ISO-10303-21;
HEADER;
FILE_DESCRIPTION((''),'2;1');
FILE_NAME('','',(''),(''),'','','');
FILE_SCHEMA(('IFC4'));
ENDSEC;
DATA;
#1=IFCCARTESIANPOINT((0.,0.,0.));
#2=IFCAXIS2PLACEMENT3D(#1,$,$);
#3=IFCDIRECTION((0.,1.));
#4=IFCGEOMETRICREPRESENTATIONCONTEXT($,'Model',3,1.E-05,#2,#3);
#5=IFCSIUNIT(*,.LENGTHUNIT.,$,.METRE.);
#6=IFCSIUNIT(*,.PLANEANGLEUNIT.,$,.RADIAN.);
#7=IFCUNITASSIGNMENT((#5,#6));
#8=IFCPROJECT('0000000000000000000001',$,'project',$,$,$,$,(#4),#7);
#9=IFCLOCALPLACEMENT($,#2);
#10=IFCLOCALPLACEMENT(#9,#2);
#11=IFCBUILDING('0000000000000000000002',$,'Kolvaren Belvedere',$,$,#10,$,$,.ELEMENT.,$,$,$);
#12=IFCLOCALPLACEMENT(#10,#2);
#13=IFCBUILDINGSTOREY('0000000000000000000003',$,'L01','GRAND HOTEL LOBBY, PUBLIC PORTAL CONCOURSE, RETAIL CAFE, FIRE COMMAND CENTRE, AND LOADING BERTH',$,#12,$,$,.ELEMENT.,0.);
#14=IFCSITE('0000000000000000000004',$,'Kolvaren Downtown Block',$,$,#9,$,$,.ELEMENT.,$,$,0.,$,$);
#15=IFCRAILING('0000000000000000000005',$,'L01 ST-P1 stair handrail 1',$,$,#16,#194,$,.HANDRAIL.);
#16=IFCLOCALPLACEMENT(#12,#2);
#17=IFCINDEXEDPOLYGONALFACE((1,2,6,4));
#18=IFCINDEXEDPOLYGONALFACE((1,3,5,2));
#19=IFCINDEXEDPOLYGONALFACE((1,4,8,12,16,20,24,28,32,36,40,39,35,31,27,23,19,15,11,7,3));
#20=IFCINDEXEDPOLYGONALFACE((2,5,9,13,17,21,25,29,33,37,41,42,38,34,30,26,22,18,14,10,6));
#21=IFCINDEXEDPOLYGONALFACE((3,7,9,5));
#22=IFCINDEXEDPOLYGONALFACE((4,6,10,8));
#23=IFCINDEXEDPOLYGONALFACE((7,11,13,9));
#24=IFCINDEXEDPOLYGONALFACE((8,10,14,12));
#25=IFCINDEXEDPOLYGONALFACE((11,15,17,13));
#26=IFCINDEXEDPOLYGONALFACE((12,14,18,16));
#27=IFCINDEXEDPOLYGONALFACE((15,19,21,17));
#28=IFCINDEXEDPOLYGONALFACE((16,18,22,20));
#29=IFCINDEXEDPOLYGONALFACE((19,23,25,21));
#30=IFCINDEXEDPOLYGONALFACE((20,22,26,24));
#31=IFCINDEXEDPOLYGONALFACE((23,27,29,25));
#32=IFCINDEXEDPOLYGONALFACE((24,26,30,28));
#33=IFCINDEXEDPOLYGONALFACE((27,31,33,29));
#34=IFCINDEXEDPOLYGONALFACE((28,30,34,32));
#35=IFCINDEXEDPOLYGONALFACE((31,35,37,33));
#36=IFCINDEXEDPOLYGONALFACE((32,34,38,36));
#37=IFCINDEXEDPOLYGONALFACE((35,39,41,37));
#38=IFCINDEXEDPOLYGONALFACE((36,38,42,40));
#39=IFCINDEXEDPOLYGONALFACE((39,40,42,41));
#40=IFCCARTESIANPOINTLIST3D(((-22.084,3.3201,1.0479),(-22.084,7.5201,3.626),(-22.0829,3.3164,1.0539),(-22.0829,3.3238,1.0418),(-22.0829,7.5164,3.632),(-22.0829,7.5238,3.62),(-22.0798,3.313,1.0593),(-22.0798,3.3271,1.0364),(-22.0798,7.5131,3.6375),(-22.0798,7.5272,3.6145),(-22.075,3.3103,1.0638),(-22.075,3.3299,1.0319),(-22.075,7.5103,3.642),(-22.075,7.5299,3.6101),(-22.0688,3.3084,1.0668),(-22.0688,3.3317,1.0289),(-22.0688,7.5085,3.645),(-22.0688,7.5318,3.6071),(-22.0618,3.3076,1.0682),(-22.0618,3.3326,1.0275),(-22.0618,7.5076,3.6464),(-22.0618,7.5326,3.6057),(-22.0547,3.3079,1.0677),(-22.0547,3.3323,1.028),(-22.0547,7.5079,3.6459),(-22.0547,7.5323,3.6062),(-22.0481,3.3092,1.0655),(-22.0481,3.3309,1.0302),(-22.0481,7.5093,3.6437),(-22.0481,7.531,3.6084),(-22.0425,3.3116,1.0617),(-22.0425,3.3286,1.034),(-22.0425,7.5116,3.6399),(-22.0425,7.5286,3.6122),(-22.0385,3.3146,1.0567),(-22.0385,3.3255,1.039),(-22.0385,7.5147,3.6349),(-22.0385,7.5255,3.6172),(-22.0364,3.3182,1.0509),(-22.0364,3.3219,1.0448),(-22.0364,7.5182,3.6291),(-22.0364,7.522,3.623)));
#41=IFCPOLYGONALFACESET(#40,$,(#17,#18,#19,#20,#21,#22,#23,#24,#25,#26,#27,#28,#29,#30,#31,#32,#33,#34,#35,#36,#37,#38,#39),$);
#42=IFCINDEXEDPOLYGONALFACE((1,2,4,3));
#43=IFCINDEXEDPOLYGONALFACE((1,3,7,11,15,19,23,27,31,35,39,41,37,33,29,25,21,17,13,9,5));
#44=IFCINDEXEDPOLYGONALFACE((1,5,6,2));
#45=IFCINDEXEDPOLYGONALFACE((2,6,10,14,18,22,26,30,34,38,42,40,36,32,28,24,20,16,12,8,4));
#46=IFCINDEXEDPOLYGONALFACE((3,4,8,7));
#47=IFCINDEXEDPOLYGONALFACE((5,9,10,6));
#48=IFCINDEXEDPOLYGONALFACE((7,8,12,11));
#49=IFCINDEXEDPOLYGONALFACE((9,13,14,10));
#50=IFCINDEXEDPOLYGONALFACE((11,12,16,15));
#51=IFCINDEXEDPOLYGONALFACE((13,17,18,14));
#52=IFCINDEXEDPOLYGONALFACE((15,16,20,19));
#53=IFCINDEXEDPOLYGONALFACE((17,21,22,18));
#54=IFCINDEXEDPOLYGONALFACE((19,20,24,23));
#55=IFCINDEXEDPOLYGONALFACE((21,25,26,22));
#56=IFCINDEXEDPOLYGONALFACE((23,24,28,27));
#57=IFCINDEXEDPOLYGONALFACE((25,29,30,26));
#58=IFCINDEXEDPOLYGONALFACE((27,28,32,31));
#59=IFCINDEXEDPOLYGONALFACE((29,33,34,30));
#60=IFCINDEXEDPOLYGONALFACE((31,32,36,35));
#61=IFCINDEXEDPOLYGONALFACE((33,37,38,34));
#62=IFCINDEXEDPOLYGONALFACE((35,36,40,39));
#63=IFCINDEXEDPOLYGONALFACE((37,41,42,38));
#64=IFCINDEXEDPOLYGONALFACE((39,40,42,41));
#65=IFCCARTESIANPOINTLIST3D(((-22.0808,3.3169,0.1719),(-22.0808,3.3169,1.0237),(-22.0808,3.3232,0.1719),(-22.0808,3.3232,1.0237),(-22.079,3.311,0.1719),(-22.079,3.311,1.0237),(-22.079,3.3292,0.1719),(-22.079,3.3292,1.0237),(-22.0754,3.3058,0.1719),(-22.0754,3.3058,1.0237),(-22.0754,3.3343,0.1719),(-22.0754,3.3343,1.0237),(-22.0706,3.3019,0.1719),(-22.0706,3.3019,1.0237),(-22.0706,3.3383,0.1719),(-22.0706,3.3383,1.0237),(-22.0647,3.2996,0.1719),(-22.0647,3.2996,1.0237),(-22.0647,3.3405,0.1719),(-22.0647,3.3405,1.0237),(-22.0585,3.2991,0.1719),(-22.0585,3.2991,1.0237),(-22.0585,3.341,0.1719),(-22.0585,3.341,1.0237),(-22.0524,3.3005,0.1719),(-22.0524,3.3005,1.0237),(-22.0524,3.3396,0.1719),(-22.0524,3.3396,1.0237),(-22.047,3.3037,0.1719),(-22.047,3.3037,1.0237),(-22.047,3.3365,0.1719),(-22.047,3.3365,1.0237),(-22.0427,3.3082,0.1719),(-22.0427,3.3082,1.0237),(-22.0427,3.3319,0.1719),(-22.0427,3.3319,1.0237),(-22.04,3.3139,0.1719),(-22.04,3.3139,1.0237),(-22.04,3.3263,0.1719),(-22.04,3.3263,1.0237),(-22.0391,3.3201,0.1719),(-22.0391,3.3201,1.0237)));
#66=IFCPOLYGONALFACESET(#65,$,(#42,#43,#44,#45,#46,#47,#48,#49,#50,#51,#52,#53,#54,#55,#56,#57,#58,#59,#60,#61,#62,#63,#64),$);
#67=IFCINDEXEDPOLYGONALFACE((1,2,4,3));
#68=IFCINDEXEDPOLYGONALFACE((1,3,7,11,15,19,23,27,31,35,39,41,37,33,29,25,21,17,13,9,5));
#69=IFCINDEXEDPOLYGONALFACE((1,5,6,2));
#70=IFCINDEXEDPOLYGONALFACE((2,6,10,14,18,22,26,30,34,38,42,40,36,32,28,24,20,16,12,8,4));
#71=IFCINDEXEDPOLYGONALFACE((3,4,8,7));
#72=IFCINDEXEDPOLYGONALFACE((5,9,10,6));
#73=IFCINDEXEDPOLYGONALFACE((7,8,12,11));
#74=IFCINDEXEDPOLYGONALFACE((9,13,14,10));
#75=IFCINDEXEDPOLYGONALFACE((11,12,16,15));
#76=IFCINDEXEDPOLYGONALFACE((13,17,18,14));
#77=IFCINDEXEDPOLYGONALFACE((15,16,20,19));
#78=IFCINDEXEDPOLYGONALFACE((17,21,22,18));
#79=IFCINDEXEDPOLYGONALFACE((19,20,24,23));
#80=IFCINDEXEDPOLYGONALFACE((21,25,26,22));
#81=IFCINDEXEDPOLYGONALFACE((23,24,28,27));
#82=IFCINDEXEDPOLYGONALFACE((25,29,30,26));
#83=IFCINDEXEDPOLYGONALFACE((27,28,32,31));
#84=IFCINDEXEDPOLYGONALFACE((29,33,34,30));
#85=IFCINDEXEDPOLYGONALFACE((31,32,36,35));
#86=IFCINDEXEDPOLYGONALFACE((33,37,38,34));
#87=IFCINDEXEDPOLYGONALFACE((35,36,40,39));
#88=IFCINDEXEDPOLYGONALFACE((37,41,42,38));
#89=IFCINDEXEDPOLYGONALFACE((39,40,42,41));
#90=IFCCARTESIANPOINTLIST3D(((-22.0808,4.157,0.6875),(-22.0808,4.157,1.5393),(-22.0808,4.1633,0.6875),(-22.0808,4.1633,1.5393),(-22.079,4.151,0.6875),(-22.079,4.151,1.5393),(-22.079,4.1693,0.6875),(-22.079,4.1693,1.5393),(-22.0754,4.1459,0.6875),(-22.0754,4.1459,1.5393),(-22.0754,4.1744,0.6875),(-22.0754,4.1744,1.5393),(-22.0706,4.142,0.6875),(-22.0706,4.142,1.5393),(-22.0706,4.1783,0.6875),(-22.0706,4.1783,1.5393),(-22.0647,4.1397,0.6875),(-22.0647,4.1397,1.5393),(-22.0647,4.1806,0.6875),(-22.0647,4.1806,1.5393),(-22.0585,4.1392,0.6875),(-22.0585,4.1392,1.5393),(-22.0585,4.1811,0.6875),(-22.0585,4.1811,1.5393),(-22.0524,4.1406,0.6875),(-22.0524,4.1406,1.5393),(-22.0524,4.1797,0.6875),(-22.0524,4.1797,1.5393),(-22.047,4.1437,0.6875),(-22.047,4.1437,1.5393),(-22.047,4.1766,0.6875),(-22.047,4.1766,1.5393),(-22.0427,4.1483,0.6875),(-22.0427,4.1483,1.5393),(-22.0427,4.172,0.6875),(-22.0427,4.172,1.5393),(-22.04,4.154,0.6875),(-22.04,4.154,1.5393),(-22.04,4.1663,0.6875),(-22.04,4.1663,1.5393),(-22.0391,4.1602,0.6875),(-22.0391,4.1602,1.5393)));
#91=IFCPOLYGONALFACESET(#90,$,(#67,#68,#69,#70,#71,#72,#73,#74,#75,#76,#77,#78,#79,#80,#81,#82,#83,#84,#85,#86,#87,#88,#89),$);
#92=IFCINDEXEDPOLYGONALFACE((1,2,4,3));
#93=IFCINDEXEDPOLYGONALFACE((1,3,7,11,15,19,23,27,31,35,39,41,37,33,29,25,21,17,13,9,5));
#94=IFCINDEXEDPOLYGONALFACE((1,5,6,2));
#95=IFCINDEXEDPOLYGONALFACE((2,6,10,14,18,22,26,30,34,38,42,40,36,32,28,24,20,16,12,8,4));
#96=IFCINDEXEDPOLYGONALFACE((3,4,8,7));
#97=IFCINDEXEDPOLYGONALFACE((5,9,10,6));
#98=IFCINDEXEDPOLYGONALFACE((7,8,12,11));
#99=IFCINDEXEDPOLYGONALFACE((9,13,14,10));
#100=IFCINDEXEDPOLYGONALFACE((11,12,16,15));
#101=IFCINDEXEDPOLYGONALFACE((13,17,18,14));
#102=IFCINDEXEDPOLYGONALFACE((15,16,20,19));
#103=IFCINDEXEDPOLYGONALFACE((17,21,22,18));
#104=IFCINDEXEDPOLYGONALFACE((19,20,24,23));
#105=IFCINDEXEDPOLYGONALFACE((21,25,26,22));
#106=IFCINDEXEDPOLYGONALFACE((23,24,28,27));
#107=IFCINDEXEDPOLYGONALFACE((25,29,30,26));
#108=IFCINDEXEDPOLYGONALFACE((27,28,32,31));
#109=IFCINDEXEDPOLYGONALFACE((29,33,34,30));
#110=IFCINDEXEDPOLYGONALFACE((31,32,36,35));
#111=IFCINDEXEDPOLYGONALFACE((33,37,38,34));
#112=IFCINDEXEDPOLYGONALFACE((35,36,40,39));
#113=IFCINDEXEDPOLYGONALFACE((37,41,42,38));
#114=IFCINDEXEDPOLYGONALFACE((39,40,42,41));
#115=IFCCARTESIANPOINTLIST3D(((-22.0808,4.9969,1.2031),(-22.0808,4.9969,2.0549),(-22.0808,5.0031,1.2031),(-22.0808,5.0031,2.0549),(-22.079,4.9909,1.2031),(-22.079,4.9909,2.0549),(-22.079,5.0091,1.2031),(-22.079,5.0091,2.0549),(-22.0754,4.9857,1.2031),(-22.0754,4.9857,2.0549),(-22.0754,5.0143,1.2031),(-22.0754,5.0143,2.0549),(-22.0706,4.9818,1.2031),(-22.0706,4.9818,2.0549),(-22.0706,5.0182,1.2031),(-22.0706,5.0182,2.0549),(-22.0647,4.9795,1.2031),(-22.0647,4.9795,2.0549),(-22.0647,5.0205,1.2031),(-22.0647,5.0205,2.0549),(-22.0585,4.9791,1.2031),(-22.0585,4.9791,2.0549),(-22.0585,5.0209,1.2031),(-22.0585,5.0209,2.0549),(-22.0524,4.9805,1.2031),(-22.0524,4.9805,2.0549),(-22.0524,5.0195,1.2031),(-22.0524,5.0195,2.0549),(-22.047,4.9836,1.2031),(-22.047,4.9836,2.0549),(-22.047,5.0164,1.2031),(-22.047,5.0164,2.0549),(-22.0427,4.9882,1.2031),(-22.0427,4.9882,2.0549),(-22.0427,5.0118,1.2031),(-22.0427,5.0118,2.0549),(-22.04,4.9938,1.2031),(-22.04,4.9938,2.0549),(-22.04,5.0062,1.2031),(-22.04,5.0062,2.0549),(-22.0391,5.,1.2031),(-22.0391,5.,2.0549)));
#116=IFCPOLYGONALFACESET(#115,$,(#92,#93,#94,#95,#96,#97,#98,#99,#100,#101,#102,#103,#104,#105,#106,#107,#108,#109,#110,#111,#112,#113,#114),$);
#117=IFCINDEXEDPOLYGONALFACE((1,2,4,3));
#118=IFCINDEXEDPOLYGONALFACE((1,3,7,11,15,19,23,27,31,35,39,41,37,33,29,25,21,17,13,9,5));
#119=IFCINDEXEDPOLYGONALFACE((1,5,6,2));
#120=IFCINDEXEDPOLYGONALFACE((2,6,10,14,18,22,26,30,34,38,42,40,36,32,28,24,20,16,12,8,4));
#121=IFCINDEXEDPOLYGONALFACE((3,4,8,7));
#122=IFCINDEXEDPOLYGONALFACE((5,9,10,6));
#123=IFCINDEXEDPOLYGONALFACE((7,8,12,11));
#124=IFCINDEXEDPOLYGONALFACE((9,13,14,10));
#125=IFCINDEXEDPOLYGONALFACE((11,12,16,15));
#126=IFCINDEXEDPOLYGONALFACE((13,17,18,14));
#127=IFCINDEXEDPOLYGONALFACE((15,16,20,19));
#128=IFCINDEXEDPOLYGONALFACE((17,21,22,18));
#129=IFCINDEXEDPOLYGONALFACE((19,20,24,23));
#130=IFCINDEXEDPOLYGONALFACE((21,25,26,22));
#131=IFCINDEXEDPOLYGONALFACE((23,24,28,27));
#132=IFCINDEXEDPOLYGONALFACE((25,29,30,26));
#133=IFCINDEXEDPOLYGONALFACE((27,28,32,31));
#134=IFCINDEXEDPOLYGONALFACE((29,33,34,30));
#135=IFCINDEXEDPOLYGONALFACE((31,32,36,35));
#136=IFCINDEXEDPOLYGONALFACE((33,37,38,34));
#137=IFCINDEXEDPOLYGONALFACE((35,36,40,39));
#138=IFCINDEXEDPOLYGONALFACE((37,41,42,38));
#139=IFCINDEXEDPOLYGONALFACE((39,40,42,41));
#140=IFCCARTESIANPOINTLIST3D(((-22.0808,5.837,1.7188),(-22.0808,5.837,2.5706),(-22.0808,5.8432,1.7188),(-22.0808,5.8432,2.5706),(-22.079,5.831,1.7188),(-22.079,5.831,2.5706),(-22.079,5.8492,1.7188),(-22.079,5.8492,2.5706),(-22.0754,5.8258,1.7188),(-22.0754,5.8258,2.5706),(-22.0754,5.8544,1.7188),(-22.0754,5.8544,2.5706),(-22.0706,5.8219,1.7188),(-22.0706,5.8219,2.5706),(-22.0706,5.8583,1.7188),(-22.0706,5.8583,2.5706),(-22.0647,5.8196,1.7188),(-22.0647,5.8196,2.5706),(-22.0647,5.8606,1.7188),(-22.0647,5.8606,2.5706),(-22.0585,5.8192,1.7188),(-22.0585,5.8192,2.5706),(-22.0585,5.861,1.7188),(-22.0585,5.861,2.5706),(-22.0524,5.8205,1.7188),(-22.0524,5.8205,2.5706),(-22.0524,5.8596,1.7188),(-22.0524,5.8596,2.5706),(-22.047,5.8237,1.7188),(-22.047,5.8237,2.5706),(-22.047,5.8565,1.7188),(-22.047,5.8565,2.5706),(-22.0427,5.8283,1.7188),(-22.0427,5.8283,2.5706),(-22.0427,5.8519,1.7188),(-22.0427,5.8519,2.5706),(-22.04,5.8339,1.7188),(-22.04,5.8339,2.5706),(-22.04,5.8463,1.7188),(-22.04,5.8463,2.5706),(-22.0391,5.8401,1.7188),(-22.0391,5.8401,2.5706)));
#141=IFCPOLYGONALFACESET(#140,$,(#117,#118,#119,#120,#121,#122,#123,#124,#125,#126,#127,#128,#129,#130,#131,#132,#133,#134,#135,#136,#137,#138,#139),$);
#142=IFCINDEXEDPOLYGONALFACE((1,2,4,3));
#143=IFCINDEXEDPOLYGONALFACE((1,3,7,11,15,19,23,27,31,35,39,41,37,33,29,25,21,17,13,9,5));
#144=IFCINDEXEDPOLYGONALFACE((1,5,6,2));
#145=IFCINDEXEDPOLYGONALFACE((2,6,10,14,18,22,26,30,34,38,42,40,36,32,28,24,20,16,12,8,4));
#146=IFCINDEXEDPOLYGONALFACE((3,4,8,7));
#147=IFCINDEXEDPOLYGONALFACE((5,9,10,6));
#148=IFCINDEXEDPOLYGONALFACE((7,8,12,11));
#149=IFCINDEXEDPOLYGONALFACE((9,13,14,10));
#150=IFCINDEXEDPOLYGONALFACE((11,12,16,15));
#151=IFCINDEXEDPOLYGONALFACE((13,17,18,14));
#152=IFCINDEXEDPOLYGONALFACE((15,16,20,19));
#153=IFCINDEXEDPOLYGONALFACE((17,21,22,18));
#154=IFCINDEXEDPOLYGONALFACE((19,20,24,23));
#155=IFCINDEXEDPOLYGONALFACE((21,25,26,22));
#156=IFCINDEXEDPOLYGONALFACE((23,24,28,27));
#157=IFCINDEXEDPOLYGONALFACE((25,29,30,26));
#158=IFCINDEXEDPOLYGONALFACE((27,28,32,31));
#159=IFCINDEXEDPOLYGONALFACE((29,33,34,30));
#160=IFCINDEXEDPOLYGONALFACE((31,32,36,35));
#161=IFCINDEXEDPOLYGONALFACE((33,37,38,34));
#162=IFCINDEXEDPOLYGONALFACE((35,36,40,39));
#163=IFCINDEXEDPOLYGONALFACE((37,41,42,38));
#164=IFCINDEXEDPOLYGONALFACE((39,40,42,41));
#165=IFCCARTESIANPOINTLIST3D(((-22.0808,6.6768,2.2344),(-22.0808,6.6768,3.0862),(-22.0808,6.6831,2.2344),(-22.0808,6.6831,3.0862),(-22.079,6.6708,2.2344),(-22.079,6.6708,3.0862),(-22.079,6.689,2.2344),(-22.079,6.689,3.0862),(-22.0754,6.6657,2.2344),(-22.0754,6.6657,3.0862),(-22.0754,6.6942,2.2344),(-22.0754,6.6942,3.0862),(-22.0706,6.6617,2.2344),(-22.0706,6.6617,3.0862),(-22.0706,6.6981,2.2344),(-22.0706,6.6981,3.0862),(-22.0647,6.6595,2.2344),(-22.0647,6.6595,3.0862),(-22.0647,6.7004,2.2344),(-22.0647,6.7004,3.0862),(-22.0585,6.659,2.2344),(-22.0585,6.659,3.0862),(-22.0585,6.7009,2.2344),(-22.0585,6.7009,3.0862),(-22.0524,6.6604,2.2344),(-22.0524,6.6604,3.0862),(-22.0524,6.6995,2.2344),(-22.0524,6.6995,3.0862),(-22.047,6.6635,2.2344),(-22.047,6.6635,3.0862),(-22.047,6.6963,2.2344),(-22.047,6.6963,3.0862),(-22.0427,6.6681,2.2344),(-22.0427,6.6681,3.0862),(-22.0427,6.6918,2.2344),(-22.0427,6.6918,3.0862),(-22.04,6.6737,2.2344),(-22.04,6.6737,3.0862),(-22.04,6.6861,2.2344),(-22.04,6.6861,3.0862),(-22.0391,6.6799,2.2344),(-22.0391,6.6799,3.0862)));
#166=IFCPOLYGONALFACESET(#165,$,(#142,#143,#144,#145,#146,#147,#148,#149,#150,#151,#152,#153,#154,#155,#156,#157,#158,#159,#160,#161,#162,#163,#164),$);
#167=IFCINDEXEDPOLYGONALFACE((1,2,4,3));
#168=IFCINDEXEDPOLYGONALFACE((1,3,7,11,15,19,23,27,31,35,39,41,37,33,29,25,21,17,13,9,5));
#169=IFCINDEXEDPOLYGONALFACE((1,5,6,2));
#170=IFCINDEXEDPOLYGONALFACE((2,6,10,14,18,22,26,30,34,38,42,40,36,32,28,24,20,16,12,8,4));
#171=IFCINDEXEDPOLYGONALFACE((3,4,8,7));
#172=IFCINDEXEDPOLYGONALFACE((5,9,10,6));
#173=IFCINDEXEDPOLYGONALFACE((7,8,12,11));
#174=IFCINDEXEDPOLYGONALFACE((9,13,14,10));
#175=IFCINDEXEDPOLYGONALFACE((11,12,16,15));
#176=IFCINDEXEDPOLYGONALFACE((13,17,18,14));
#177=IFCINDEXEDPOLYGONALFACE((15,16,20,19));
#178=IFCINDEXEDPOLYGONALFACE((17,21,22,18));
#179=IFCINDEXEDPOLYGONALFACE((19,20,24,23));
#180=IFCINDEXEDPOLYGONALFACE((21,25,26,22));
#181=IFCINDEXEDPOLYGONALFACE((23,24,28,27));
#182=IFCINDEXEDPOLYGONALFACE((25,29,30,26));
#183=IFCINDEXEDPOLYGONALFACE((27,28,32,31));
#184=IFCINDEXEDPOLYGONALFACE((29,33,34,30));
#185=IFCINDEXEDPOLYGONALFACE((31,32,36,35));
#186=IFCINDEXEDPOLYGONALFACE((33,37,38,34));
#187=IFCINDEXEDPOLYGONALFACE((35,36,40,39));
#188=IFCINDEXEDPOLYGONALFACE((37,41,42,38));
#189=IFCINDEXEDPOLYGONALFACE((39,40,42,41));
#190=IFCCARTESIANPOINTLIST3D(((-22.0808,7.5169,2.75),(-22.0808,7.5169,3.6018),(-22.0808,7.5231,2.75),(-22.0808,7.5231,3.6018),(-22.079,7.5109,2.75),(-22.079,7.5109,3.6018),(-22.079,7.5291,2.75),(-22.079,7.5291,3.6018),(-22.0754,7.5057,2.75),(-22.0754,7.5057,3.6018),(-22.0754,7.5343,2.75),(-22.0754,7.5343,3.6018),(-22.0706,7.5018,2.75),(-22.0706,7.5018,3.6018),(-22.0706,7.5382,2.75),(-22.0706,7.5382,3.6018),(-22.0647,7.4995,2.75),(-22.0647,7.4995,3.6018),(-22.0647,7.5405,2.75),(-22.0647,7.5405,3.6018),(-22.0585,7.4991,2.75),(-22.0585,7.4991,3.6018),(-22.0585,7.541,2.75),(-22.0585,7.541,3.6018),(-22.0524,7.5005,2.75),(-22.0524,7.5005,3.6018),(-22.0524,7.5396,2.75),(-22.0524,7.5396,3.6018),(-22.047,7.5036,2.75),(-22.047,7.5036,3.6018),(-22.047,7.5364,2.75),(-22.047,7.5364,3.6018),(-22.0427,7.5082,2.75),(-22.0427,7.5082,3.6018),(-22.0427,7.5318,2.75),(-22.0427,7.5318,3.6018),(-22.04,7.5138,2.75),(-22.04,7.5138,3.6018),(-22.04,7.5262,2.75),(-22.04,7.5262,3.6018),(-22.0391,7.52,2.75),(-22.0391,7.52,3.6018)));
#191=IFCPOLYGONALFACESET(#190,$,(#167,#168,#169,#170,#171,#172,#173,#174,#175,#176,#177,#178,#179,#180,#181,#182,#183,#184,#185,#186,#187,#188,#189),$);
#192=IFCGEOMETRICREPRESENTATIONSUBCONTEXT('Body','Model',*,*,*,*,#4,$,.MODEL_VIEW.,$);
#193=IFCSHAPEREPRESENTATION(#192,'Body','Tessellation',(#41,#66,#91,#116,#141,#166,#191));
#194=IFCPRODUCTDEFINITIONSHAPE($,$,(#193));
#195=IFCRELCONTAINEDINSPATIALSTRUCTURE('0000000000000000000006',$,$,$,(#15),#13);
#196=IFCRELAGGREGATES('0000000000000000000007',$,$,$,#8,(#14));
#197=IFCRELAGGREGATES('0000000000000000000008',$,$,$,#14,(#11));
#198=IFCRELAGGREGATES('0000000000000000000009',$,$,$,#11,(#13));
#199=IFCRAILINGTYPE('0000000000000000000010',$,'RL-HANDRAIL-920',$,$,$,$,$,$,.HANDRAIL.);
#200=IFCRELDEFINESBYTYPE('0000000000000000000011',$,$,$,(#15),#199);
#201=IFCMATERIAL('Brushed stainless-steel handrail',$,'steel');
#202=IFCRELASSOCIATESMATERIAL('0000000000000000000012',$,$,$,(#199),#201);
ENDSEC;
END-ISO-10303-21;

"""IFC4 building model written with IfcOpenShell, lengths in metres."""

from ifc_helpers import new_model, si_unit, direction, frame, origin, origin_2d, place, context, subcontext, project, spatial, circle, extrude, material, type_object, element, save


model = new_model("IFC4")

# Units and contexts
model_context = context("Model", 3, precision=1e-05, world=origin(), true_north=direction((0.0, 1.0)))
body_context = subcontext(model_context, "Body", "Model", "MODEL_VIEW")
ifc_project = project(units=[si_unit("LENGTHUNIT", "METRE"), si_unit("PLANEANGLEUNIT", "RADIAN")], contexts=[model_context])

# Site, building, storey
site_placement = place(None, origin())
site = spatial("IfcSite", under=ifc_project, at=site_placement, Name="Kolvaren Downtown Block", CompositionType="ELEMENT", RefElevation=0.0)
building_placement = place(site_placement, origin())
building = spatial("IfcBuilding", under=site, at=building_placement, Name="Kolvaren Belvedere", CompositionType="ELEMENT")
storey_placement = place(building_placement, origin())
storey = spatial("IfcBuildingStorey", under=building, at=storey_placement, Name="L01", Description="GRAND HOTEL LOBBY, PUBLIC PORTAL CONCOURSE, RETAIL CAFE, FIRE COMMAND CENTRE, AND LOADING BERTH", CompositionType="ELEMENT", Elevation=0.0)

# Railing
ifc_material_1 = material(Name="Brushed stainless-steel handrail", Category="steel")
railing_type_1 = type_object("IfcRailingType", Name="RL-HANDRAIL-920", PredefinedType="HANDRAIL", material=ifc_material_1)
railing_1_placement = place(storey_placement, frame((-22.0601, 3.3201, 0.1719)))
element("IfcRailing", 1, at=railing_1_placement, inside=storey, type_object=railing_type_1, Name="L01 ST-P1 stair handrail 1", PredefinedType="HANDRAIL", context=body_context, shape_type="SweptSolid", body=[
    extrude(circle(Radius=0.0239, at=origin_2d()), frame((0.0, 0.0, 0.876), z_axis=(0.0, 0.852243, 0.523146), x_axis=(-1.0, 0.0, 0.0)), (0.0, 0.0, 1.0), 4.9282),
    extrude(circle(Radius=0.021, at=origin_2d()), origin(), (0.0, 0.0, 1.0), 0.8518),
    extrude(circle(Radius=0.021, at=origin_2d()), frame((0.0, 0.8401, 0.5156)), (0.0, 0.0, 1.0), 0.8518),
    extrude(circle(Radius=0.021, at=origin_2d()), frame((0.0, 1.6799, 1.0312)), (0.0, 0.0, 1.0), 0.8518),
    extrude(circle(Radius=0.021, at=origin_2d()), frame((0.0, 2.52, 1.5469)), (0.0, 0.0, 1.0), 0.8518),
    extrude(circle(Radius=0.021, at=origin_2d()), frame((0.0, 3.3599, 2.0625)), (0.0, 0.0, 1.0), 0.8518),
    extrude(circle(Radius=0.021, at=origin_2d()), frame((0.0, 4.2, 2.5781)), (0.0, 0.0, 1.0), 0.8518),
])

save(model, "model.ifc")
